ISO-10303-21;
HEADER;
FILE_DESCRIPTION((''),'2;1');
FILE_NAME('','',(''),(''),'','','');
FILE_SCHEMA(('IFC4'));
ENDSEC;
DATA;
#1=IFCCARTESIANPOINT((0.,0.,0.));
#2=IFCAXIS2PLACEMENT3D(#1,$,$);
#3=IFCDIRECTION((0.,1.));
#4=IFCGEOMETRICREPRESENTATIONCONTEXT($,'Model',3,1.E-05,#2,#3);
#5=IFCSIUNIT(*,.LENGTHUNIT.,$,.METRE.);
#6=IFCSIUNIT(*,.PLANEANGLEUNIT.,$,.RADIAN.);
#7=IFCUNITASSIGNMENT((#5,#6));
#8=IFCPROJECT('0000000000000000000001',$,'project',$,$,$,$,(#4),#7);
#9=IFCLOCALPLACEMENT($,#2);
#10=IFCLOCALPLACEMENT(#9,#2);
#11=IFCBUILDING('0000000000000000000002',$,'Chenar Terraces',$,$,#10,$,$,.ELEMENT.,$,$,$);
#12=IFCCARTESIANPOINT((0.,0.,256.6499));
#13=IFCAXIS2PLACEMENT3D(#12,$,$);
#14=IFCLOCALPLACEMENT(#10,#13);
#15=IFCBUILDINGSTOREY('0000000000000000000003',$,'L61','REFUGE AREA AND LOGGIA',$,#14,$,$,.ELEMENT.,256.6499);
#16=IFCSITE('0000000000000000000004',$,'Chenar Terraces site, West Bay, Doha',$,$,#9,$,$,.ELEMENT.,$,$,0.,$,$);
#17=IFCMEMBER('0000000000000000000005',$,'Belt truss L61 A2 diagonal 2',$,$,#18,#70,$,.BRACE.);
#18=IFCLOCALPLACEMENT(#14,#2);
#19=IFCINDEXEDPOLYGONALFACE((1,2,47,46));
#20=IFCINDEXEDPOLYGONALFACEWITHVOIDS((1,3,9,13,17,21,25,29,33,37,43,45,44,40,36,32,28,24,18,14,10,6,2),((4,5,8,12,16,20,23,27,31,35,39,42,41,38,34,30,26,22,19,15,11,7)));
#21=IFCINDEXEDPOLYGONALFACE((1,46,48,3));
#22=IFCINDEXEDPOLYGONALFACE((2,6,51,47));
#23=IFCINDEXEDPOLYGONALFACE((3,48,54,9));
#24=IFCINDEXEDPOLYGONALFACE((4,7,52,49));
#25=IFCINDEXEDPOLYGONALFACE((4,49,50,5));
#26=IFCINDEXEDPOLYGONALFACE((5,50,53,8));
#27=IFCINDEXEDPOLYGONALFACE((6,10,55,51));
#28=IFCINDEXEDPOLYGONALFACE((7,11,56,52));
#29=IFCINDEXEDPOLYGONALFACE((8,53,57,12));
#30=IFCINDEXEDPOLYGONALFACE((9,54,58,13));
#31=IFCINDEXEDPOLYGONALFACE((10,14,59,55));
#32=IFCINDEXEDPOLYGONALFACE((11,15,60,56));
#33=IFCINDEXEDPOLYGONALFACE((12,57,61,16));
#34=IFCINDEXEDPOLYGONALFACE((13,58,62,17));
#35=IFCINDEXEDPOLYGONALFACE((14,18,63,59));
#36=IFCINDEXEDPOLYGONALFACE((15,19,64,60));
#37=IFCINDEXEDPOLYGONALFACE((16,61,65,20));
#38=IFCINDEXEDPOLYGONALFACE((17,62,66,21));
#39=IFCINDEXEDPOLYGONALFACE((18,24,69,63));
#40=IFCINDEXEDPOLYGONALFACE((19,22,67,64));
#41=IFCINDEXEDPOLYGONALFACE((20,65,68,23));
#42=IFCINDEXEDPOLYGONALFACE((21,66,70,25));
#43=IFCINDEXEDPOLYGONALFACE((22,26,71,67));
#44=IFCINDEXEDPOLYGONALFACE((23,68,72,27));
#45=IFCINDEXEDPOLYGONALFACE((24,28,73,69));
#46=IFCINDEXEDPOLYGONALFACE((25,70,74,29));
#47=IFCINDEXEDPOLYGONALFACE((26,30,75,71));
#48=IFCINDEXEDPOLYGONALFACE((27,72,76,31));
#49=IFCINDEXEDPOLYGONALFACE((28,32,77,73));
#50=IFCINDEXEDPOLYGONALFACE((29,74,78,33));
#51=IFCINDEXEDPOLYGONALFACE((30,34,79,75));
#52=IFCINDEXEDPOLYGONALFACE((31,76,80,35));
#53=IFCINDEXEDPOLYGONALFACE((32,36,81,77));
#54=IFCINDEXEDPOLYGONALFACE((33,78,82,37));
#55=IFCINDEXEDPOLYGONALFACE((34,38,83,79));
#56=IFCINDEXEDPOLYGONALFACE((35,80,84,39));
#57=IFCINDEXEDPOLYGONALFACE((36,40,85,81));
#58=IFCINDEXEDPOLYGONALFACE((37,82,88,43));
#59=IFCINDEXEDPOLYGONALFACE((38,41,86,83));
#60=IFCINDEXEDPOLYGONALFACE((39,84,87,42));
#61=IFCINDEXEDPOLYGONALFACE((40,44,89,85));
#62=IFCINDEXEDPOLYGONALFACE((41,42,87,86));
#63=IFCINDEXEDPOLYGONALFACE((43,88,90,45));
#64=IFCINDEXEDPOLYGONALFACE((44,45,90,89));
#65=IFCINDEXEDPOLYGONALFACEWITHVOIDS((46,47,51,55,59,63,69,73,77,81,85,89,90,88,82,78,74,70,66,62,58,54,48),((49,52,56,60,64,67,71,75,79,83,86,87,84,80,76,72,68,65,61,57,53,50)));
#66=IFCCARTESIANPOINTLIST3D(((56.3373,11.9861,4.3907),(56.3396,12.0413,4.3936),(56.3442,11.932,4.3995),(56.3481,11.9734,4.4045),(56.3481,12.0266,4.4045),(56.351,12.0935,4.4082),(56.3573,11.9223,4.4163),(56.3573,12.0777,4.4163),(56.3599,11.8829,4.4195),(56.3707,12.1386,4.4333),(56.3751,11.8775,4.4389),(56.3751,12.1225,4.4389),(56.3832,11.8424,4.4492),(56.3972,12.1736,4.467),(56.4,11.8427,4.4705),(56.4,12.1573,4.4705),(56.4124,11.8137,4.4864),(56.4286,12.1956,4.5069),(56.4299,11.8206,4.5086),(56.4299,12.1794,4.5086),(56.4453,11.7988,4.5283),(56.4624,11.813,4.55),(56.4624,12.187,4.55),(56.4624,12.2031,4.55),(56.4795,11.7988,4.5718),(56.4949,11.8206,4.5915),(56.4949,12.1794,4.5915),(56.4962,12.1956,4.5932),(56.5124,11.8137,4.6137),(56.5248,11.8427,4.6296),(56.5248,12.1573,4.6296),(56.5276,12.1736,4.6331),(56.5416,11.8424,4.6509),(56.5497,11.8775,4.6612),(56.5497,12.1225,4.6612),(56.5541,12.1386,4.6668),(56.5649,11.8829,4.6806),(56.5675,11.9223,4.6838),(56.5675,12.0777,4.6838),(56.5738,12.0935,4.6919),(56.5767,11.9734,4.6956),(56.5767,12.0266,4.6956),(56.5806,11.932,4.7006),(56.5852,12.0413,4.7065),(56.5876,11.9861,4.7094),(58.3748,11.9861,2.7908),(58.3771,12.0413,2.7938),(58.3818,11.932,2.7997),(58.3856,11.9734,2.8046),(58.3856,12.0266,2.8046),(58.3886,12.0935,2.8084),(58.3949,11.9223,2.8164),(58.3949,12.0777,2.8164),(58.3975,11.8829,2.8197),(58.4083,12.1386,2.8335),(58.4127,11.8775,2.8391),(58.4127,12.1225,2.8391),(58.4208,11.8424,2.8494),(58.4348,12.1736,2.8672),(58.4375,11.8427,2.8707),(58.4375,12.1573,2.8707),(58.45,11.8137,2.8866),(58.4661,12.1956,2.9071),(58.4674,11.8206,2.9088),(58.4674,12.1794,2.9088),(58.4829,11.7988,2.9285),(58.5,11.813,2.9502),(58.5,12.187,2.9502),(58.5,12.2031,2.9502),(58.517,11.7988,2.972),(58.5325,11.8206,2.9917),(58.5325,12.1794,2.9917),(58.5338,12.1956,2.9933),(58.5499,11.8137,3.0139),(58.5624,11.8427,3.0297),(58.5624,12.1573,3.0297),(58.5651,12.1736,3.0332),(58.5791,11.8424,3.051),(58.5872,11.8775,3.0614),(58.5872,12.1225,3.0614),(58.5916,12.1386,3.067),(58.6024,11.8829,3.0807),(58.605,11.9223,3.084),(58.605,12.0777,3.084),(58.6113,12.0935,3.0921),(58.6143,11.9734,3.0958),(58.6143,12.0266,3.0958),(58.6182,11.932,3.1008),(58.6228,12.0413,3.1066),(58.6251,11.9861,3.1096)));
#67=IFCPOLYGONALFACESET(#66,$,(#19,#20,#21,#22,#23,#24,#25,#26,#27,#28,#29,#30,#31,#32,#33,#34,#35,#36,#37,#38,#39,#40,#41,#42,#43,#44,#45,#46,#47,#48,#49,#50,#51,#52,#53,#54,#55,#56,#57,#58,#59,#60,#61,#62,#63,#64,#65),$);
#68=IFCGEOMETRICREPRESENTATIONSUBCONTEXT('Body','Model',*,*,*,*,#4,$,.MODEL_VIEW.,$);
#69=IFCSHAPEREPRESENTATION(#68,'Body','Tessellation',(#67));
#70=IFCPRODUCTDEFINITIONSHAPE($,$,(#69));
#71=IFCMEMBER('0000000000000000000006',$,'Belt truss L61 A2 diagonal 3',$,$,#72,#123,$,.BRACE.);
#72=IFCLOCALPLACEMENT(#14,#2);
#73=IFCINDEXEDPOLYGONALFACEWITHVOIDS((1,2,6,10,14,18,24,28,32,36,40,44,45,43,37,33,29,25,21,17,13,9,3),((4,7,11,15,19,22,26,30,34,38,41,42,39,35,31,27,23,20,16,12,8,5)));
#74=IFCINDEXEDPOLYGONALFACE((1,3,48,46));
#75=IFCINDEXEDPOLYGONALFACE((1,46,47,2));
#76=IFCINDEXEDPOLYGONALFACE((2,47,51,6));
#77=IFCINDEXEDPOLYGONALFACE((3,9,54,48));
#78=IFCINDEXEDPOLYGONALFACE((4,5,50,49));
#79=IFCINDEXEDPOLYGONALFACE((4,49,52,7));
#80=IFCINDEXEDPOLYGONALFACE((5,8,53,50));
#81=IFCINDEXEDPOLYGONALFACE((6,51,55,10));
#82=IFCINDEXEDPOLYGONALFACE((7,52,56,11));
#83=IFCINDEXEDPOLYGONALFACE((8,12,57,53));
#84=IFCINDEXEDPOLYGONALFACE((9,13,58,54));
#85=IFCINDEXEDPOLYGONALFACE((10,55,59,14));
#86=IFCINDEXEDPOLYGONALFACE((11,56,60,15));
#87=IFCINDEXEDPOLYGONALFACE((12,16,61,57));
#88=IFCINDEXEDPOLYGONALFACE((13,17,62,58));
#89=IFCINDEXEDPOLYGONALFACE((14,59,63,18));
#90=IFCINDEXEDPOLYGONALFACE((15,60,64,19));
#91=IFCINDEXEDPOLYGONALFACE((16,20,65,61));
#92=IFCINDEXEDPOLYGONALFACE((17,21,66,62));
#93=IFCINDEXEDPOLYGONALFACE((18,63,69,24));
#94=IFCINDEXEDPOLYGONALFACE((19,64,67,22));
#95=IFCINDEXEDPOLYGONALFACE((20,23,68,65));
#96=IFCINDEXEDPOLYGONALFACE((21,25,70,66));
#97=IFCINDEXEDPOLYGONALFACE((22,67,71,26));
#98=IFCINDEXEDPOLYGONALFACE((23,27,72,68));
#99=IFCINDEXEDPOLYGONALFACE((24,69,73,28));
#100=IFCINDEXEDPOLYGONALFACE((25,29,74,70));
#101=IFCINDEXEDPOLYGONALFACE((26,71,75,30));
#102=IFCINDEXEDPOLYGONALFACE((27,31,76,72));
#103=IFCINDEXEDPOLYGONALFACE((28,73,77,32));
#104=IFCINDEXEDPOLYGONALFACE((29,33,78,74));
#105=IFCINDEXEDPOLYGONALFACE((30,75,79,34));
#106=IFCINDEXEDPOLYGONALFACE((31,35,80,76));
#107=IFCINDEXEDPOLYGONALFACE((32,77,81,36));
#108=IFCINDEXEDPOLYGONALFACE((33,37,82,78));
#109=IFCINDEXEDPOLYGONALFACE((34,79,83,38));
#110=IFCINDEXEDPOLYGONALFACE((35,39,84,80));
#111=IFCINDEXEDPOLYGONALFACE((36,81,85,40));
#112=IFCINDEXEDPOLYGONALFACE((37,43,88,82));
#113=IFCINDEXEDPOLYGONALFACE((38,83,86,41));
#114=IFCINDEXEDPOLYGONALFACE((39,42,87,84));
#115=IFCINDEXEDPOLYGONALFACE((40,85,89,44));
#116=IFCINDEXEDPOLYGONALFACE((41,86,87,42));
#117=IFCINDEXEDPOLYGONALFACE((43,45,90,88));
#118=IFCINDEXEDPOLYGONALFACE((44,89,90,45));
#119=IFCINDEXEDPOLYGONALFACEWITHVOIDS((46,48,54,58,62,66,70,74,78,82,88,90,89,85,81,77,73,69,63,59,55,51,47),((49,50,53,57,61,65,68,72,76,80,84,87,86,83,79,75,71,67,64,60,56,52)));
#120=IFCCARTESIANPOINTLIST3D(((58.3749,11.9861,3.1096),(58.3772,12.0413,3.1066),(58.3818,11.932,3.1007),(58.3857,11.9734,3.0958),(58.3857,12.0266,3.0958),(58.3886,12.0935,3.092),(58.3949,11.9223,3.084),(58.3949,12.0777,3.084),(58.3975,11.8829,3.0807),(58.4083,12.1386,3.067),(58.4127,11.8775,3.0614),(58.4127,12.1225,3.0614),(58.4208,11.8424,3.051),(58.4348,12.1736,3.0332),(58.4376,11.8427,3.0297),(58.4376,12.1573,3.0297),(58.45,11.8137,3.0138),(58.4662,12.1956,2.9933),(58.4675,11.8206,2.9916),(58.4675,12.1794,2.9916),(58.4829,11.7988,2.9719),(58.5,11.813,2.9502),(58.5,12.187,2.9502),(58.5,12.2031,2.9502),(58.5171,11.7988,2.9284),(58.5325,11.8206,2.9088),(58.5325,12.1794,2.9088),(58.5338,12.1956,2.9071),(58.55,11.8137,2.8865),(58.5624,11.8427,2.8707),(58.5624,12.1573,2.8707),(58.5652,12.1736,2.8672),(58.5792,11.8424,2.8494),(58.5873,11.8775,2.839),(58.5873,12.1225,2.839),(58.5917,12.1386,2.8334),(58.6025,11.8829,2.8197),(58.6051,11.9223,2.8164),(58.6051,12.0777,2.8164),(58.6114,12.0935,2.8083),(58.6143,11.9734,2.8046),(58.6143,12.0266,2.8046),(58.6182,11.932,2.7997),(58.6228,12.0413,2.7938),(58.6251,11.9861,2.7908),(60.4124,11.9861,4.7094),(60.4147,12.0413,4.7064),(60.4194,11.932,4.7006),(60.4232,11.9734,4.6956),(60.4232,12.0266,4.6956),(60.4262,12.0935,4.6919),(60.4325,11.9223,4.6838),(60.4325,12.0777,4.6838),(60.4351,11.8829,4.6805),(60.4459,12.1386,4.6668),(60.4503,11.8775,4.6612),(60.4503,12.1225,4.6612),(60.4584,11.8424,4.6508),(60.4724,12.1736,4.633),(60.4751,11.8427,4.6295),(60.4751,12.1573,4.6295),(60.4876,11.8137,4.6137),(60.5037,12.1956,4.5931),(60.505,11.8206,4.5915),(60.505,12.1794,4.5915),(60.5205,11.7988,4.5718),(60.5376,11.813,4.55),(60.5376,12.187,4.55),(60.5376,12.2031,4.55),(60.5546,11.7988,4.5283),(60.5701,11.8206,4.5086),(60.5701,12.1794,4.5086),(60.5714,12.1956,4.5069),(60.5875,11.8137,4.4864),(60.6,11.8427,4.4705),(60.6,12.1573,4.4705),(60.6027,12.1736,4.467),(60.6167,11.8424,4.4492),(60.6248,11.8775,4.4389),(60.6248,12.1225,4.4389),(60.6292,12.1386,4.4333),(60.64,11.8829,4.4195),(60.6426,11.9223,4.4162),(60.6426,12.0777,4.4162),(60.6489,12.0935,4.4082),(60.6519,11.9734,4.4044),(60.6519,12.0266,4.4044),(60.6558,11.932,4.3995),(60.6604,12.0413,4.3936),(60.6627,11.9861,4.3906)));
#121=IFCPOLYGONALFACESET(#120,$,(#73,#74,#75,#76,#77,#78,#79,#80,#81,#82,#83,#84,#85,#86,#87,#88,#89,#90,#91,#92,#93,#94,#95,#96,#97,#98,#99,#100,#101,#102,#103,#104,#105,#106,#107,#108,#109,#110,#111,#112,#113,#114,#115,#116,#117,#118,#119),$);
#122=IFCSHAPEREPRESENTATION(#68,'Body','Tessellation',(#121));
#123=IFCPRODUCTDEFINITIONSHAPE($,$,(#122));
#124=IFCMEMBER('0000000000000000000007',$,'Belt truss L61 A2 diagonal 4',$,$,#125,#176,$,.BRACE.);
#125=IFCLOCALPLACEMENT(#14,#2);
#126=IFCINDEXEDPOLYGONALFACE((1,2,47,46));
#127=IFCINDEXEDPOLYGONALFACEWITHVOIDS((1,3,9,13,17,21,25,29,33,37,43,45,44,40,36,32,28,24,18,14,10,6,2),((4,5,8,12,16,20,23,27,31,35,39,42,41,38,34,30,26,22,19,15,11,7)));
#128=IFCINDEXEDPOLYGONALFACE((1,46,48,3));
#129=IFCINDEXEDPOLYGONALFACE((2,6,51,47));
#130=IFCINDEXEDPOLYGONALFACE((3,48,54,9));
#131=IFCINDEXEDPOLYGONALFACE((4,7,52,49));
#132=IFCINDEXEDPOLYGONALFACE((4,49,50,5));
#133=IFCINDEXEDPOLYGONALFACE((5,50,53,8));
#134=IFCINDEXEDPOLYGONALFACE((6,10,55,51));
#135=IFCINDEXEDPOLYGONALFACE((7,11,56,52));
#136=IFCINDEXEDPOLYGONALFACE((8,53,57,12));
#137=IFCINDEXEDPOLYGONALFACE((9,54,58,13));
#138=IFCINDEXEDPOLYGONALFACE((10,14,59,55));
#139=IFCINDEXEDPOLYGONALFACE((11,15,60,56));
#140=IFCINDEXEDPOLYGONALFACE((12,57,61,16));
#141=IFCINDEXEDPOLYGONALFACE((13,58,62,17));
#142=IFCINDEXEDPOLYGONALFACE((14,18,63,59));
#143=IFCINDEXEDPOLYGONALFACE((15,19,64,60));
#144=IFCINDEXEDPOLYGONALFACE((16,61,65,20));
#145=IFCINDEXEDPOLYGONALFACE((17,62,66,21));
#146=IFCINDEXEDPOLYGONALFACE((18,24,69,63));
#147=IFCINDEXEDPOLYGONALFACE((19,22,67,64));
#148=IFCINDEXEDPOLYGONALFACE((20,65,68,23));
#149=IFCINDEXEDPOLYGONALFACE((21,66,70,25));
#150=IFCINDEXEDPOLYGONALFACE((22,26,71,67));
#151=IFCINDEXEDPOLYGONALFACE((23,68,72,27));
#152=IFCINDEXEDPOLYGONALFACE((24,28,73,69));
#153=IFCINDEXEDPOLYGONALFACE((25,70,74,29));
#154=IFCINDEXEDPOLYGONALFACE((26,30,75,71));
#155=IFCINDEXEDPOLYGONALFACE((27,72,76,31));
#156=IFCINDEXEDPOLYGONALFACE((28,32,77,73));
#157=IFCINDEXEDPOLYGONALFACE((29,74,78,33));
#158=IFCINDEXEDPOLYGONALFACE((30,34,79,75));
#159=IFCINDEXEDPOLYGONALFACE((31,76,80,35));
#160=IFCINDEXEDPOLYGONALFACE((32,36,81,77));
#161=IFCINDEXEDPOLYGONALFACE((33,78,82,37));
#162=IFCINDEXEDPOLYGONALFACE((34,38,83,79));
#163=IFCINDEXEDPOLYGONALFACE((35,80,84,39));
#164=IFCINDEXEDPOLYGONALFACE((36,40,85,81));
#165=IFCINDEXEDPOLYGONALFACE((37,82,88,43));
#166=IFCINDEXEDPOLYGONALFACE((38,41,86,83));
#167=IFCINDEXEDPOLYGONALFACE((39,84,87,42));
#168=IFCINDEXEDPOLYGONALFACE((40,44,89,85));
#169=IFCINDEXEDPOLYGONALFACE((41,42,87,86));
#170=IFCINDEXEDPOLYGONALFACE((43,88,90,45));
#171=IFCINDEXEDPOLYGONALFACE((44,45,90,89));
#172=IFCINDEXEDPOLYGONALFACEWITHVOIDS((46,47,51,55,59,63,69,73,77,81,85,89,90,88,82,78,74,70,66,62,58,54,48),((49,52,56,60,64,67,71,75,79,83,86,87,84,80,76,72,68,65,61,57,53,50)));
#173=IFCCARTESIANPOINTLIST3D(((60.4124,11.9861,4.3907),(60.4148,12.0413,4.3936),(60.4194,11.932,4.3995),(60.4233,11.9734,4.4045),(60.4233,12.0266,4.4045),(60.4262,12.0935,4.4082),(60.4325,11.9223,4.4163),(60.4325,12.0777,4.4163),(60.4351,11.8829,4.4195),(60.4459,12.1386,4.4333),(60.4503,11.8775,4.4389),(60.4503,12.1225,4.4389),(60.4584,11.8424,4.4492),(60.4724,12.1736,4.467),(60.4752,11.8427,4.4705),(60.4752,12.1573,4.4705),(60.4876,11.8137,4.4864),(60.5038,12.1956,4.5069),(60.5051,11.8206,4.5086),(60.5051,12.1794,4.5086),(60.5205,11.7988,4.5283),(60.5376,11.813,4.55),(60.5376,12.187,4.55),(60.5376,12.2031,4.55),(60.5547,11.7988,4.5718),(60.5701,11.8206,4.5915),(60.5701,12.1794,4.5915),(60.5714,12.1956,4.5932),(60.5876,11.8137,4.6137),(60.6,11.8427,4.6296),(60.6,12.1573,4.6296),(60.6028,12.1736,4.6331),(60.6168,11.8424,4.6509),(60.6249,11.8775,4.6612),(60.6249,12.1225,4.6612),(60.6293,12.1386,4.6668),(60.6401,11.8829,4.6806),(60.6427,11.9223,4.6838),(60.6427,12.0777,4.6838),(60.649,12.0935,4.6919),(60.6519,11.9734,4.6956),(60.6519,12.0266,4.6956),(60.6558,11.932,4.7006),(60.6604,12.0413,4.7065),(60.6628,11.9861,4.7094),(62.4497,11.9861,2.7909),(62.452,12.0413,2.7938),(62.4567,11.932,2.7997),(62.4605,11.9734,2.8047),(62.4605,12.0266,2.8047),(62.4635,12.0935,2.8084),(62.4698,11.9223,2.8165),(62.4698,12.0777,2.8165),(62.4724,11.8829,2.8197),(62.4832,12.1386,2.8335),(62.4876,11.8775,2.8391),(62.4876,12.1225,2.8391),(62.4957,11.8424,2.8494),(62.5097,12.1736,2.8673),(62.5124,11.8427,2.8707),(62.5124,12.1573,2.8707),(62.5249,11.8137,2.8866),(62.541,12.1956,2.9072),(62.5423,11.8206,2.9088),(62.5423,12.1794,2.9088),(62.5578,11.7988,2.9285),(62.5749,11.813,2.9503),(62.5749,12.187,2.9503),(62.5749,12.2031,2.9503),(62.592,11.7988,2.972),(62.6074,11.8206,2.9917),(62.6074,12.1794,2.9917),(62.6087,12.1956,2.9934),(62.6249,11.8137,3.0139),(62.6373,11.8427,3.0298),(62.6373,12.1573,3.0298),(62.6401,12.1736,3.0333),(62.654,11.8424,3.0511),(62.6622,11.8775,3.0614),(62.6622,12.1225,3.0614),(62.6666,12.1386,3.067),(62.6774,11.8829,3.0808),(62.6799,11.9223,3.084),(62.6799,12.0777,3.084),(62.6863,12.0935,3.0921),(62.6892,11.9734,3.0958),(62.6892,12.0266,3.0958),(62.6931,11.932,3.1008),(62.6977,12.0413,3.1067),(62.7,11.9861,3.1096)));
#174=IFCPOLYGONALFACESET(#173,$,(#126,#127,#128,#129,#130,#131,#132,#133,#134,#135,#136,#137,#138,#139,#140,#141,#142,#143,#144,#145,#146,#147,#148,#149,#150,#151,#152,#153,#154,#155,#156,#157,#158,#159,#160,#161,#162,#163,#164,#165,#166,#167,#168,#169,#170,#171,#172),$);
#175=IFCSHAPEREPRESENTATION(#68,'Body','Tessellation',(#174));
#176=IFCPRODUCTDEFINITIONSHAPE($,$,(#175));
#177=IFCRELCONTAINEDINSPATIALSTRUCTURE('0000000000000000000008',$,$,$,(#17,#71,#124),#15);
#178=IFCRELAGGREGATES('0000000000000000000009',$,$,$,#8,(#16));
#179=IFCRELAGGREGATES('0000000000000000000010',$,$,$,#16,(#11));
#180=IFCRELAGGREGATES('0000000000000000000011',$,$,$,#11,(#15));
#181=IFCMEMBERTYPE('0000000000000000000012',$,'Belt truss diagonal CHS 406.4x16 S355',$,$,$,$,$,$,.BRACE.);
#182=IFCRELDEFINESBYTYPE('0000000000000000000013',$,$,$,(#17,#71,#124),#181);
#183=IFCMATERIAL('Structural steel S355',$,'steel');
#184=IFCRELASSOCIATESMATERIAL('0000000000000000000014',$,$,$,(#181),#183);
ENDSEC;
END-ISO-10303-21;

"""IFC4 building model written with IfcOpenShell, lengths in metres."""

from ifc_helpers import new_model, si_unit, direction, frame, origin, origin_2d, place, context, subcontext, project, spatial, hollow_circle, extrude, material, material_profile, profile_set, type_object, element, save


model = new_model("IFC4")

# Units and contexts
model_context = context("Model", 3, precision=1e-05, world=origin(), true_north=direction((0.0, 1.0)))
body_context = subcontext(model_context, "Body", "Model", "MODEL_VIEW")
ifc_project = project(units=[si_unit("LENGTHUNIT", "METRE"), si_unit("PLANEANGLEUNIT", "RADIAN")], contexts=[model_context])

# Site, building, storey
site_placement = place(None, origin())
site = spatial("IfcSite", under=ifc_project, at=site_placement, Name="Chenar Terraces site, West Bay, Doha", CompositionType="ELEMENT", RefElevation=0.0)
building_placement = place(site_placement, origin())
building = spatial("IfcBuilding", under=site, at=building_placement, Name="Chenar Terraces", CompositionType="ELEMENT")
storey_placement = place(building_placement, frame((0.0, 0.0, 256.6499)))
storey = spatial("IfcBuildingStorey", under=building, at=storey_placement, Name="L61", Description="REFUGE AREA AND LOGGIA", CompositionType="ELEMENT", Elevation=256.6499)

# Members
ifc_material_1 = material(Name="Structural steel S355", Category="steel")
ifc_material_profile_1 = material_profile(ifc_material_1, hollow_circle(Radius=0.2031, WallThickness=0.0161, at=origin_2d()), Name="CHS 406.4x16")
ifc_profile_set_1 = profile_set([ifc_material_profile_1], Name="Structural steel S355")
member_type = type_object("IfcMemberType", Name="Belt truss diagonal CHS 406.4x16 S355", PredefinedType="BRACE", material=ifc_profile_set_1)
for number, where, z_axis, x_axis, name in (
    (1, (56.4624, 12.0, 4.55), (0.786528, 0.0, -0.617555), (0.0, 1.0, 0.0), "Belt truss L61 A2 diagonal 2"),
    (2, (58.5, 12.0, 2.9502), (0.786528, 0.0, 0.617555), (0.0, 1.0, 0.0), "Belt truss L61 A2 diagonal 3"),
):
    element("IfcMember", number, at=place(storey_placement, frame(where, z_axis=z_axis, x_axis=x_axis)), inside=storey, type_object=member_type, Name=name, PredefinedType="BRACE", context=body_context, shape_type="SweptSolid", body=[
        extrude(hollow_circle(Radius=0.2031, WallThickness=0.0161, at=origin_2d()), origin(), (0.0, 0.0, 1.0), 2.5906),
    ])
member_1_placement = place(storey_placement, frame((60.5376, 12.0, 4.55), z_axis=(0.786492, 0.0, -0.617601), x_axis=(0.0, 1.0, 0.0)))
element("IfcMember", 3, at=member_1_placement, inside=storey, type_object=member_type, Name="Belt truss L61 A2 diagonal 4", PredefinedType="BRACE", context=body_context, shape_type="SweptSolid", body=[
    extrude(hollow_circle(Radius=0.2031, WallThickness=0.0161, at=origin_2d()), origin(), (0.0, 0.0, 1.0), 2.5903),
])

save(model, "model.ifc")
